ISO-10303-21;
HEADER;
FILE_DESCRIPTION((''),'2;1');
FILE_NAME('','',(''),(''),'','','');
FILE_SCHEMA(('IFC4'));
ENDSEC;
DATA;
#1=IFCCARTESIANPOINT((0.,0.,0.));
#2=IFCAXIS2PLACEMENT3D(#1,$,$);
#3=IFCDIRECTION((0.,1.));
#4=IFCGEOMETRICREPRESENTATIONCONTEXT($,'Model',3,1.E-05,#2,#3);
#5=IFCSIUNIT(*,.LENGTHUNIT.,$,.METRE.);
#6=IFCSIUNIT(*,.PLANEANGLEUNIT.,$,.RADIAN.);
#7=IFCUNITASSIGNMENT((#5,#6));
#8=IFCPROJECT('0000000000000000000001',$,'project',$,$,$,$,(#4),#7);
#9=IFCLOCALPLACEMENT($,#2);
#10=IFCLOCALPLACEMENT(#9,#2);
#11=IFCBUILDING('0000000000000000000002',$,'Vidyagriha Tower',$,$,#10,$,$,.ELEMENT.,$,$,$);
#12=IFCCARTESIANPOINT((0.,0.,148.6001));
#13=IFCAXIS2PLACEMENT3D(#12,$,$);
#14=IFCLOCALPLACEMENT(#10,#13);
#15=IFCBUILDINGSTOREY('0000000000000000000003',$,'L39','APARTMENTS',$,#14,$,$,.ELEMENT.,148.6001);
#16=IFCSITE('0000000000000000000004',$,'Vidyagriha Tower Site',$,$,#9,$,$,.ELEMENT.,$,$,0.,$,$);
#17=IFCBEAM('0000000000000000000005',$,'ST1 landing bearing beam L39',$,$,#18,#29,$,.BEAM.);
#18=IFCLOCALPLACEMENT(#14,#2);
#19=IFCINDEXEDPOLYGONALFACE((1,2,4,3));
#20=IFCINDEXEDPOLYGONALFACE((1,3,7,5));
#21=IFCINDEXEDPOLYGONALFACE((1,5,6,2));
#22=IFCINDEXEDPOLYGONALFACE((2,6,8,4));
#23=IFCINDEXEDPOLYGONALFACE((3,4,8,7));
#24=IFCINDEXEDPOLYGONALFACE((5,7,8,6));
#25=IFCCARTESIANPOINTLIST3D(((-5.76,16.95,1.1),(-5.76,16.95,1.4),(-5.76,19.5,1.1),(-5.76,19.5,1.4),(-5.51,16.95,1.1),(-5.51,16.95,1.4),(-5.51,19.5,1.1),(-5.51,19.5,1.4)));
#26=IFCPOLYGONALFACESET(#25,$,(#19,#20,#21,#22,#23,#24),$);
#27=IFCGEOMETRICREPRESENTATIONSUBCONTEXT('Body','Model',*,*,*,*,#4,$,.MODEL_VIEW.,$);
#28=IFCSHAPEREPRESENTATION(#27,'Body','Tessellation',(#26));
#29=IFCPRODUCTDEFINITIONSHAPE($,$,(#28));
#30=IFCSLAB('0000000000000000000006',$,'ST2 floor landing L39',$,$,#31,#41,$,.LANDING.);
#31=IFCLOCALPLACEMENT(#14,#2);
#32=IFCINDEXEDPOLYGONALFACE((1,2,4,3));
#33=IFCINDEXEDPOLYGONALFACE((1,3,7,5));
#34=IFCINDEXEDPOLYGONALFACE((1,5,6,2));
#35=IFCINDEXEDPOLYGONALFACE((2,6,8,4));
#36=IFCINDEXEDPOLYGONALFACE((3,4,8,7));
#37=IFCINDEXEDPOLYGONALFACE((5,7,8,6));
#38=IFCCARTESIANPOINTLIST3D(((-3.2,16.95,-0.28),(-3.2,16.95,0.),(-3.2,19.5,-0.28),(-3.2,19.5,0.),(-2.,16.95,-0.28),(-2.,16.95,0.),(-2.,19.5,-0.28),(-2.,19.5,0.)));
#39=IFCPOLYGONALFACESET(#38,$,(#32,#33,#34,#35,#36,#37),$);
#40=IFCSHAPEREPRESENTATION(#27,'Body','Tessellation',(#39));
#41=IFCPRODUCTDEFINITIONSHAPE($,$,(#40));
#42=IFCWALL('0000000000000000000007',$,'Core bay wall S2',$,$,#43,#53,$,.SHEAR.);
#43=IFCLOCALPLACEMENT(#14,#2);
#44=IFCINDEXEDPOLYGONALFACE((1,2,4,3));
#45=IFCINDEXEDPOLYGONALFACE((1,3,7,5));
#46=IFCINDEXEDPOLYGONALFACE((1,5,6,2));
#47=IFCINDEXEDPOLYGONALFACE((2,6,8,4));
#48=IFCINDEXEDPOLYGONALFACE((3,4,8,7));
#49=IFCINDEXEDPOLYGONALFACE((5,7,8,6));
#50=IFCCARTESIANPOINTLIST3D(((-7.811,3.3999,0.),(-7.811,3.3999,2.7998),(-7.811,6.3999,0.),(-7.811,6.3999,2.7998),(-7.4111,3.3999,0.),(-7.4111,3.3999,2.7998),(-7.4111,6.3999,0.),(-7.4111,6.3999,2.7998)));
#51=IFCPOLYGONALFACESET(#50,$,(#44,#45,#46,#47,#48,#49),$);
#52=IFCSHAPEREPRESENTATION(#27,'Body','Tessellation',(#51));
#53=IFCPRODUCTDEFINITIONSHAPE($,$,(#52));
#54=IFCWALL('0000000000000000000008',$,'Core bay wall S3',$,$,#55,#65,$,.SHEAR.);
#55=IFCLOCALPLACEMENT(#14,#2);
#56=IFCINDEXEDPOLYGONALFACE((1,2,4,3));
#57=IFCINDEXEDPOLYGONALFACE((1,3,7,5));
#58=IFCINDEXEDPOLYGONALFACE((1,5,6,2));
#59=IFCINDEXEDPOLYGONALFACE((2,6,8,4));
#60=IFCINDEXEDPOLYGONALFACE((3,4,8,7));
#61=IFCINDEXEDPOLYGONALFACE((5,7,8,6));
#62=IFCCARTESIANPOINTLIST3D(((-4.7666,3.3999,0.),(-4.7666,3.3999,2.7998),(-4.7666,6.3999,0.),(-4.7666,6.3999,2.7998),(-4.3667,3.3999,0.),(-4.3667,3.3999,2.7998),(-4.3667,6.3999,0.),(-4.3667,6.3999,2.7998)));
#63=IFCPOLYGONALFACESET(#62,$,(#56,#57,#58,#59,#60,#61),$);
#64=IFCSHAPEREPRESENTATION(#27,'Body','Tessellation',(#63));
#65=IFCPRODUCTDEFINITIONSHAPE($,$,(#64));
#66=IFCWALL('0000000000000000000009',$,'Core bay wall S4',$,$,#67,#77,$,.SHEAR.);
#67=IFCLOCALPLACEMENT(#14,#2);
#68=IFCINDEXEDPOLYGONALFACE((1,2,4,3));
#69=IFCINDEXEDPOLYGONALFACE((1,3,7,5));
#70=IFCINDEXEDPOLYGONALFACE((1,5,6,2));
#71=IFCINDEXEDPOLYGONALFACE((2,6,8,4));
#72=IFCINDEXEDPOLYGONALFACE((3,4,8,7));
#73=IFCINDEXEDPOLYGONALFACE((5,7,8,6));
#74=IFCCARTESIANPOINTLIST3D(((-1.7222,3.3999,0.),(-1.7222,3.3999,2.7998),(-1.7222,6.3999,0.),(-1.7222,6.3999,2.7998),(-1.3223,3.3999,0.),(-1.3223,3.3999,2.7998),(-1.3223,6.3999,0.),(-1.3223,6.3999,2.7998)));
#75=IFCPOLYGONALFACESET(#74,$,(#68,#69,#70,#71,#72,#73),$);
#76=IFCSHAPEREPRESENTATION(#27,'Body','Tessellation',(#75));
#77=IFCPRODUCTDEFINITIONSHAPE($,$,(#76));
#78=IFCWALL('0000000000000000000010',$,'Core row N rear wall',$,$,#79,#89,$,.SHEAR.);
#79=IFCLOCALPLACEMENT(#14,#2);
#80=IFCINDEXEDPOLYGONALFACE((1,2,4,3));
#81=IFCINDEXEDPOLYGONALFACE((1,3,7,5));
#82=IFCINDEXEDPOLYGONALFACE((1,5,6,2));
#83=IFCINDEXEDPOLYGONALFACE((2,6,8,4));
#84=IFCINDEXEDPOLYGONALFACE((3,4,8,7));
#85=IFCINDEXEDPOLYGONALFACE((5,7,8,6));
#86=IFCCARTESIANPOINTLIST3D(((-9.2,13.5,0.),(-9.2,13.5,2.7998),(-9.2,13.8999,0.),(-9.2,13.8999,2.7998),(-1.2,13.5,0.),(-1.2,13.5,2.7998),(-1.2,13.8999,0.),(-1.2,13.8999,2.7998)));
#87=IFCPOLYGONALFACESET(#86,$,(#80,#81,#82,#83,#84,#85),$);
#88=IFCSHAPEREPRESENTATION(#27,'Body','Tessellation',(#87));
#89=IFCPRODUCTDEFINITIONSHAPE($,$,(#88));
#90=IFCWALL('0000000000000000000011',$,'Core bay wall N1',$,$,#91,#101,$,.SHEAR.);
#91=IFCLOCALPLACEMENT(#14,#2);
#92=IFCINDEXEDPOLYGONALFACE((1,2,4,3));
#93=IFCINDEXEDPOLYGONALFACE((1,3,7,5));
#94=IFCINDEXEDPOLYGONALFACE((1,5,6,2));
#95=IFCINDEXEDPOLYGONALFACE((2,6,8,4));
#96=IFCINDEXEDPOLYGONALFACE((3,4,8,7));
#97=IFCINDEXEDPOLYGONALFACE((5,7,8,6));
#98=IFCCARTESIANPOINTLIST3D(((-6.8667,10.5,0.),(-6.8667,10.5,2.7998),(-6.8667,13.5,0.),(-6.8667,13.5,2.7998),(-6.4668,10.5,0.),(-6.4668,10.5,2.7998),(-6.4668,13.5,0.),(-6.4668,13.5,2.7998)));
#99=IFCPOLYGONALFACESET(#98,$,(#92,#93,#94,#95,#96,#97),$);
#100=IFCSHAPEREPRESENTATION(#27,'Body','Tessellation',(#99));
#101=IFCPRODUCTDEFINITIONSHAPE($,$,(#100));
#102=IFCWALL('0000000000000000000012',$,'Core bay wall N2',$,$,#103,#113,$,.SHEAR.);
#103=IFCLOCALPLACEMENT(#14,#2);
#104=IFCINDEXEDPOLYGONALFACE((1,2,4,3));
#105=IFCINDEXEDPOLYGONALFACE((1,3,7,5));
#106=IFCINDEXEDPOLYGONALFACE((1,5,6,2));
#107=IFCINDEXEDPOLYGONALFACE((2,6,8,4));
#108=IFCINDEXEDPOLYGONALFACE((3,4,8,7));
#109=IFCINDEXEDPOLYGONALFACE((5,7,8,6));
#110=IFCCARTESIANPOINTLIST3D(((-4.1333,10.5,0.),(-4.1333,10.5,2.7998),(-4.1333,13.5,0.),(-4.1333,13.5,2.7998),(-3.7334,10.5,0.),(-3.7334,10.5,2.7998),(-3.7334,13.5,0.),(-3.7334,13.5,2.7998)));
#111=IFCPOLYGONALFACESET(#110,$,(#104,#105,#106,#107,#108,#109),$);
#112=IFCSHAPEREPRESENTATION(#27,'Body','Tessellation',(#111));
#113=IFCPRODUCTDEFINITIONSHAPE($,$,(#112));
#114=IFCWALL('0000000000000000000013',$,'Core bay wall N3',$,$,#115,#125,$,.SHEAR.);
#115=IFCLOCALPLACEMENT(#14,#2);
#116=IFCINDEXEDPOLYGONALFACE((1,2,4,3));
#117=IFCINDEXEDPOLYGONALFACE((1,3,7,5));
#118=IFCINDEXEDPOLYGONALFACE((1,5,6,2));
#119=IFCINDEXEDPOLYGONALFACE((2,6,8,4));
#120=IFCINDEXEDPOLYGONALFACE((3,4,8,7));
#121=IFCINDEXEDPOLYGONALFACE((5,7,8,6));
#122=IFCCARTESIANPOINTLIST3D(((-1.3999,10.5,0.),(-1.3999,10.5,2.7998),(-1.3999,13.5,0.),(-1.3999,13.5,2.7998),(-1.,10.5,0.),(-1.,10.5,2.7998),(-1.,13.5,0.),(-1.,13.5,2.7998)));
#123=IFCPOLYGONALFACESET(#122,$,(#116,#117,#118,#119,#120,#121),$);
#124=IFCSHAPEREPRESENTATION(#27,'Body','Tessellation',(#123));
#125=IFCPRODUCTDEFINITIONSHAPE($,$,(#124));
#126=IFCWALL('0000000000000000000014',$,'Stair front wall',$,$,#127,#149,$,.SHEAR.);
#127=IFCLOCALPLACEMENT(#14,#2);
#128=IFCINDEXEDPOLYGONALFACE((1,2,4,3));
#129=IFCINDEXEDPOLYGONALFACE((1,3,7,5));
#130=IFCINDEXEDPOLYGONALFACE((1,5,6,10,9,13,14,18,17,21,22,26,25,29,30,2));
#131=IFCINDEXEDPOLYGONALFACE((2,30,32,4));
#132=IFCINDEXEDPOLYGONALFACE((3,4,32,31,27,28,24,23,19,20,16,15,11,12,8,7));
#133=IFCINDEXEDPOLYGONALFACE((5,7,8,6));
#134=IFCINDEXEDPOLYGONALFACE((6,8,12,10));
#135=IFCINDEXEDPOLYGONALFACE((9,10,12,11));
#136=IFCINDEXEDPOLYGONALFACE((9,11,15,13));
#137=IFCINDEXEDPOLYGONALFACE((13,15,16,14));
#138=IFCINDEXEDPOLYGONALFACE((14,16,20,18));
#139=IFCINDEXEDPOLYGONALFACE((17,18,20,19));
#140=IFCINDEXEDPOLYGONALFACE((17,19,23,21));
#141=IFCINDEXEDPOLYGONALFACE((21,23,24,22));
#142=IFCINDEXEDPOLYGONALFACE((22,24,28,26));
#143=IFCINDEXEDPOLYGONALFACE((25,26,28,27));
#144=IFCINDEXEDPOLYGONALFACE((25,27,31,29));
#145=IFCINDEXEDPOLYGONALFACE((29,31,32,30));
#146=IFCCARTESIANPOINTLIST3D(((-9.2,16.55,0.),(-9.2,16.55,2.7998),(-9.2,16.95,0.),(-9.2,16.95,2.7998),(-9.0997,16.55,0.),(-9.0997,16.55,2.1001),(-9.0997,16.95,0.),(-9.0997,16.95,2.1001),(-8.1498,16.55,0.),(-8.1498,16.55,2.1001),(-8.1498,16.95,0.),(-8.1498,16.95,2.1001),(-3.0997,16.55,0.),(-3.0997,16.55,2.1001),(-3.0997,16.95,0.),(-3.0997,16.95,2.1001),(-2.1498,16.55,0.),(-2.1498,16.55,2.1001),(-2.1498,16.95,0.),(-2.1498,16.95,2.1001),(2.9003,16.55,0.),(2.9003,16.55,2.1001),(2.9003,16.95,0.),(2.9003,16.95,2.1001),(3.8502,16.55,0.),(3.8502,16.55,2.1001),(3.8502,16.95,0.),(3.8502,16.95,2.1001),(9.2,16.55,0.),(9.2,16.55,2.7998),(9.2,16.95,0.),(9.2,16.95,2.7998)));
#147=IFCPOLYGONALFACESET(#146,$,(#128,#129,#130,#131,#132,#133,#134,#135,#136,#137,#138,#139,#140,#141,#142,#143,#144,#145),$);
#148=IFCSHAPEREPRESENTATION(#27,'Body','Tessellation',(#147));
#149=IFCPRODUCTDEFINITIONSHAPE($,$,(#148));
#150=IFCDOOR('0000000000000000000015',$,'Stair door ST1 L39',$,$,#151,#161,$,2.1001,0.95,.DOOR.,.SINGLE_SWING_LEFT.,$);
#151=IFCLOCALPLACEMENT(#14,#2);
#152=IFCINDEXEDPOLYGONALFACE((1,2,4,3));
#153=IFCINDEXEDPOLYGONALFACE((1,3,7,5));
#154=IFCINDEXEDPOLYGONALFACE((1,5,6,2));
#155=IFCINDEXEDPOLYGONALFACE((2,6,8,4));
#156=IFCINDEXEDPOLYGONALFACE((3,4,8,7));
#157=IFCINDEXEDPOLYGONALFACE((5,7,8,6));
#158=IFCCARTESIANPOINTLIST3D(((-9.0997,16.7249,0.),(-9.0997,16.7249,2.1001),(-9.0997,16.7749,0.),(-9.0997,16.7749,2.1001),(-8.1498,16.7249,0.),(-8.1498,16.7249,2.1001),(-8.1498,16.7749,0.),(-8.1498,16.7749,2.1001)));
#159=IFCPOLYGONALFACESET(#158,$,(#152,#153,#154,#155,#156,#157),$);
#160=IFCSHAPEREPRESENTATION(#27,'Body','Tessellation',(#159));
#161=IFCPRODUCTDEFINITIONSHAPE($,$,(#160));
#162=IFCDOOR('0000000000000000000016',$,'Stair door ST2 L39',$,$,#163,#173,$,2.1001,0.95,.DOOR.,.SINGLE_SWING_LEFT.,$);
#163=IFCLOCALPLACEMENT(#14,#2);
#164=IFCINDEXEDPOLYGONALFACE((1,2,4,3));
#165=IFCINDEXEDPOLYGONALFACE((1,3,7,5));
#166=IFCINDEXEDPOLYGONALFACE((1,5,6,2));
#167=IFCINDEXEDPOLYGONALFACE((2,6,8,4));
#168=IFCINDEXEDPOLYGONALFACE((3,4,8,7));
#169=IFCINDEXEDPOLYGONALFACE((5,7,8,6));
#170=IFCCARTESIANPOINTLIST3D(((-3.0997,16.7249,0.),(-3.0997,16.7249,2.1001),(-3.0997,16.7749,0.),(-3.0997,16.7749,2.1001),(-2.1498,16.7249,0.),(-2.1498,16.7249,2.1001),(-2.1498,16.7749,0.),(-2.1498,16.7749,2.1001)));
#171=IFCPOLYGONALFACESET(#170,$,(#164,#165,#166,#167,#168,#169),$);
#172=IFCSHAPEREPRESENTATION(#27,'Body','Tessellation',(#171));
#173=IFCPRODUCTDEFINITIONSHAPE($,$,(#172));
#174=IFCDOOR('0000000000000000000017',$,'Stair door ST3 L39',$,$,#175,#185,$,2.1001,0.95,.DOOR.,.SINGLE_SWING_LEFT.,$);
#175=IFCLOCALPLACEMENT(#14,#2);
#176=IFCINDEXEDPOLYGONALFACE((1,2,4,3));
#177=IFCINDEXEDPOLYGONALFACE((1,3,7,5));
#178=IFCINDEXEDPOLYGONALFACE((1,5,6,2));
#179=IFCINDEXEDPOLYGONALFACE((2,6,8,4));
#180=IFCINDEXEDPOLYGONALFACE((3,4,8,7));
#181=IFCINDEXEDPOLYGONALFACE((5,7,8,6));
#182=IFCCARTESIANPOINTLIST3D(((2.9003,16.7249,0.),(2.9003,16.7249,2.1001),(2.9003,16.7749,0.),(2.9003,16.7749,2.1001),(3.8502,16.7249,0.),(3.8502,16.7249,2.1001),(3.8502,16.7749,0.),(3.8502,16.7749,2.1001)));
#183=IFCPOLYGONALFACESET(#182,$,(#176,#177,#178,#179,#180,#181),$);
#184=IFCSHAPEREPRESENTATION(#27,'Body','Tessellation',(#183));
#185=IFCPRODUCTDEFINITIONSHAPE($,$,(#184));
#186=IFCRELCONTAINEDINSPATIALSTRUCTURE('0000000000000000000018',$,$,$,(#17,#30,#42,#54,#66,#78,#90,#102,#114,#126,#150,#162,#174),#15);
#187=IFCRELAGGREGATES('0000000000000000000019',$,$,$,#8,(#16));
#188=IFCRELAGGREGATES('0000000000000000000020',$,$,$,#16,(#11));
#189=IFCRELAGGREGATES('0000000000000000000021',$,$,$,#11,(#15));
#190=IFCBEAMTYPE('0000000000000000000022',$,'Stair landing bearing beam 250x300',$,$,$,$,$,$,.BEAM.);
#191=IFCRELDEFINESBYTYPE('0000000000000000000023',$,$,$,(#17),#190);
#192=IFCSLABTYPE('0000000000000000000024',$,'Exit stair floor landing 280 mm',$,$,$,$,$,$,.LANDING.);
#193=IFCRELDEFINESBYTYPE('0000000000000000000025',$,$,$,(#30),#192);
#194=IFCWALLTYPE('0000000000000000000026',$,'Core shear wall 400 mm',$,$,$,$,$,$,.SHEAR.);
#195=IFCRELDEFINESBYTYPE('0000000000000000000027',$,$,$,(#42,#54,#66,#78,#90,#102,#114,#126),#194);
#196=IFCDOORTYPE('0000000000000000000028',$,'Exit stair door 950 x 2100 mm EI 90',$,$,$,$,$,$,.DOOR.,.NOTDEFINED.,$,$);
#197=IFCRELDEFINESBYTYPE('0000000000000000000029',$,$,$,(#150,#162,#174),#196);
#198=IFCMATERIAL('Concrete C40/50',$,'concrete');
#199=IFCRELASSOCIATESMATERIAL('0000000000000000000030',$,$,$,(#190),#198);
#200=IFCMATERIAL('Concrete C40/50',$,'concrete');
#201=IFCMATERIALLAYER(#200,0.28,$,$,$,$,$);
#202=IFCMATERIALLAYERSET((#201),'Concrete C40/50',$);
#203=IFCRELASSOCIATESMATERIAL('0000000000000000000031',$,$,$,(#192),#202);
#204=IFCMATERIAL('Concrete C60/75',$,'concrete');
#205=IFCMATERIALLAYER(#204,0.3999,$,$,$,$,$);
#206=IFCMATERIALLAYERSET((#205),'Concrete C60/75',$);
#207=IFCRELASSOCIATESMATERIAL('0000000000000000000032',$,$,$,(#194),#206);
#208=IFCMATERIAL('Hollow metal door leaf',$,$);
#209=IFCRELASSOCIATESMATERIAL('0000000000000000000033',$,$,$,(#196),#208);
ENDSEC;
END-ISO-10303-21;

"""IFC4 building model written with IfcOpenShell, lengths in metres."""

from ifc_helpers import new_model, si_unit, direction, frame, frame_2d, origin, origin_2d, place, context, subcontext, project, spatial, polyline, rectangle, outline, extrude, material, layer, layer_set, material_profile, profile_set, type_object, element, fill, save


model = new_model("IFC4")

# Units and contexts
model_context = context("Model", 3, precision=1e-05, world=origin(), true_north=direction((0.0, 1.0)))
body_context = subcontext(model_context, "Body", "Model", "MODEL_VIEW")
ifc_project = project(units=[si_unit("LENGTHUNIT", "METRE"), si_unit("PLANEANGLEUNIT", "RADIAN")], contexts=[model_context])

# Site, building, storey
site_placement = place(None, origin())
site = spatial("IfcSite", under=ifc_project, at=site_placement, Name="Vidyagriha Tower Site", CompositionType="ELEMENT", RefElevation=0.0)
building_placement = place(site_placement, origin())
building = spatial("IfcBuilding", under=site, at=building_placement, Name="Vidyagriha Tower", CompositionType="ELEMENT")
storey_placement = place(building_placement, frame((0.0, 0.0, 148.6001)))
storey = spatial("IfcBuildingStorey", under=building, at=storey_placement, Name="L39", Description="APARTMENTS", CompositionType="ELEMENT", Elevation=148.6001)

# Beam
ifc_material_1 = material(Name="Concrete C40/50", Category="concrete")
ifc_material_profile = material_profile(ifc_material_1, rectangle(XDim=0.25, YDim=0.3, at=origin_2d()), Name="Stair landing bearing beam 250x300")
ifc_profile_set = profile_set([ifc_material_profile], Name="Concrete C40/50")
beam_type = type_object("IfcBeamType", Name="Stair landing bearing beam 250x300", PredefinedType="BEAM", material=ifc_profile_set)
beam_placement = place(storey_placement, frame((-5.635, 16.95, 1.25), z_axis=(0.0, 1.0, 0.0), x_axis=(-1.0, 0.0, 0.0)))
element("IfcBeam", 1, at=beam_placement, inside=storey, type_object=beam_type, Name="ST1 landing bearing beam L39", PredefinedType="BEAM", context=body_context, shape_type="SweptSolid", body=[
    extrude(rectangle(XDim=0.25, YDim=0.3, at=origin_2d()), origin(), (0.0, 0.0, 1.0), 2.55),
])

# Slab
ifc_material_2 = material(Name="Concrete C40/50", Category="concrete")
ifc_layer_1 = layer(ifc_material_2, 0.28)
ifc_layer_set_1 = layer_set([ifc_layer_1], Name="Concrete C40/50")
slab_type = type_object("IfcSlabType", Name="Exit stair floor landing 280 mm", PredefinedType="LANDING", material=ifc_layer_set_1)
slab_placement = place(storey_placement, frame((0.0, 0.0, -0.28)))
element("IfcSlab", 2, at=slab_placement, inside=storey, type_object=slab_type, Name="ST2 floor landing L39", PredefinedType="LANDING", context=body_context, shape_type="SweptSolid", body=[
    extrude(outline(polyline([(-3.2, 16.95), (-2.0, 16.95), (-2.0, 19.5), (-3.2, 19.5), (-3.2, 16.95)])), origin(), (0.0, 0.0, 1.0), 0.28),
])

# Walls
ifc_material_3 = material(Name="Concrete C60/75", Category="concrete")
ifc_layer_2 = layer(ifc_material_3, 0.3999)
ifc_layer_set_2 = layer_set([ifc_layer_2], Name="Concrete C60/75")
wall_type_1 = type_object("IfcWallType", Name="Core shear wall 400 mm", PredefinedType="SHEAR", material=ifc_layer_set_2)
for number, where, z_axis, x_axis, name in (
    (3, (-7.6111, 3.3999, 0.0), (0.0, 0.0, 1.0), (0.0, 1.0, 0.0), "Core bay wall S2"),
    (4, (-4.5667, 3.3999, 0.0), (0.0, 0.0, 1.0), (0.0, 1.0, 0.0), "Core bay wall S3"),
    (5, (-1.5222, 3.3999, 0.0), (0.0, 0.0, 1.0), (0.0, 1.0, 0.0), "Core bay wall S4"),
):
    element("IfcWall", number, at=place(storey_placement, frame(where, z_axis=z_axis, x_axis=x_axis)), inside=storey, type_object=wall_type_1, Name=name, PredefinedType="SHEAR", context=body_context, shape_type="SweptSolid", body=[
        extrude(rectangle(XDim=3.0, YDim=0.3999, at=frame_2d((1.5, 0.0))), origin(), (0.0, 0.0, 1.0), 2.7998),
    ])
wall_1_placement = place(storey_placement, frame((-9.2, 13.7, 0.0)))
element("IfcWall", 6, at=wall_1_placement, inside=storey, type_object=wall_type_1, Name="Core row N rear wall", PredefinedType="SHEAR", context=body_context, shape_type="SweptSolid", body=[
    extrude(rectangle(XDim=8.0, YDim=0.3999, at=frame_2d((4.0, 0.0))), origin(), (0.0, 0.0, 1.0), 2.7998),
])
for number, where, z_axis, x_axis, name in (
    (7, (-6.6667, 10.5, 0.0), (0.0, 0.0, 1.0), (0.0, 1.0, 0.0), "Core bay wall N1"),
    (8, (-3.9333, 10.5, 0.0), (0.0, 0.0, 1.0), (0.0, 1.0, 0.0), "Core bay wall N2"),
    (9, (-1.2, 10.5, 0.0), (0.0, 0.0, 1.0), (0.0, 1.0, 0.0), "Core bay wall N3"),
):
    element("IfcWall", number, at=place(storey_placement, frame(where, z_axis=z_axis, x_axis=x_axis)), inside=storey, type_object=wall_type_1, Name=name, PredefinedType="SHEAR", context=body_context, shape_type="SweptSolid", body=[
        extrude(rectangle(XDim=3.0, YDim=0.3999, at=frame_2d((1.5, 0.0))), origin(), (0.0, 0.0, 1.0), 2.7998),
    ])

# Wall, openings, doors
wall_2_placement = place(storey_placement, frame((-9.2, 16.75, 0.0)))
wall_2 = element("IfcWall", 10, at=wall_2_placement, inside=storey, type_object=wall_type_1, Name="Stair front wall", PredefinedType="SHEAR", context=body_context, shape_type="SweptSolid", body=[
    extrude(rectangle(XDim=18.3999, YDim=0.3999, at=frame_2d((9.2, 0.0))), origin(), (0.0, 0.0, 1.0), 2.7998),
])
opening_1_placement = place(wall_2_placement, frame((0.1001, 0.0, 0.0)))
opening_1 = element("IfcOpeningElement", 11, at=opening_1_placement, cuts=wall_2, PredefinedType="OPENING", context=body_context, shape_type="SweptSolid", body=[
    extrude(rectangle(XDim=0.95, YDim=2.1001, at=frame_2d((0.4751, 1.05))), frame((0.0, 0.21, 0.0), z_axis=(0.0, -1.0, 0.0), x_axis=(1.0, 0.0, 0.0)), (0.0, 0.0, 1.0), 0.4199),
])
opening_2_placement = place(wall_2_placement, frame((6.1001, 0.0, 0.0)))
opening_2 = element("IfcOpeningElement", 12, at=opening_2_placement, cuts=wall_2, PredefinedType="OPENING", context=body_context, shape_type="SweptSolid", body=[
    extrude(rectangle(XDim=0.95, YDim=2.1001, at=frame_2d((0.4751, 1.05))), frame((0.0, 0.21, 0.0), z_axis=(0.0, -1.0, 0.0), x_axis=(1.0, 0.0, 0.0)), (0.0, 0.0, 1.0), 0.4199),
])
opening_3_placement = place(wall_2_placement, frame((12.1001, 0.0, 0.0)))
opening_3 = element("IfcOpeningElement", 13, at=opening_3_placement, cuts=wall_2, PredefinedType="OPENING", context=body_context, shape_type="SweptSolid", body=[
    extrude(rectangle(XDim=0.95, YDim=2.1001, at=frame_2d((0.4751, 1.05))), frame((0.0, 0.21, 0.0), z_axis=(0.0, -1.0, 0.0), x_axis=(1.0, 0.0, 0.0)), (0.0, 0.0, 1.0), 0.4199),
])
ifc_material_4 = material(Name="Hollow metal door leaf")
door_type = type_object("IfcDoorType", Name="Exit stair door 950 x 2100 mm EI 90", OperationType="NOTDEFINED", PredefinedType="DOOR", material=ifc_material_4)
door_1_placement = place(opening_1_placement, origin())
door_1 = element("IfcDoor", 14, at=door_1_placement, inside=storey, type_object=door_type, Name="Stair door ST1 L39", OperationType="SINGLE_SWING_LEFT", OverallHeight=2.1001, OverallWidth=0.95, PredefinedType="DOOR", context=body_context, shape_type="SweptSolid", body=[
    extrude(rectangle(XDim=0.95, YDim=2.1001, at=frame_2d((0.4751, 1.05))), frame((0.0, 0.0249, 0.0), z_axis=(0.0, -1.0, 0.0), x_axis=(1.0, 0.0, 0.0)), (0.0, 0.0, 1.0), 0.05),
])
fill(opening_1, door_1)
door_2_placement = place(opening_2_placement, origin())
door_2 = element("IfcDoor", 15, at=door_2_placement, inside=storey, type_object=door_type, Name="Stair door ST2 L39", OperationType="SINGLE_SWING_LEFT", OverallHeight=2.1001, OverallWidth=0.95, PredefinedType="DOOR", context=body_context, shape_type="SweptSolid", body=[
    extrude(rectangle(XDim=0.95, YDim=2.1001, at=frame_2d((0.4751, 1.05))), frame((0.0, 0.0249, 0.0), z_axis=(0.0, -1.0, 0.0), x_axis=(1.0, 0.0, 0.0)), (0.0, 0.0, 1.0), 0.05),
])
fill(opening_2, door_2)
door_3_placement = place(opening_3_placement, origin())
door_3 = element("IfcDoor", 16, at=door_3_placement, inside=storey, type_object=door_type, Name="Stair door ST3 L39", OperationType="SINGLE_SWING_LEFT", OverallHeight=2.1001, OverallWidth=0.95, PredefinedType="DOOR", context=body_context, shape_type="SweptSolid", body=[
    extrude(rectangle(XDim=0.95, YDim=2.1001, at=frame_2d((0.4751, 1.05))), frame((0.0, 0.0249, 0.0), z_axis=(0.0, -1.0, 0.0), x_axis=(1.0, 0.0, 0.0)), (0.0, 0.0, 1.0), 0.05),
])
fill(opening_3, door_3)

save(model, "model.ifc")
